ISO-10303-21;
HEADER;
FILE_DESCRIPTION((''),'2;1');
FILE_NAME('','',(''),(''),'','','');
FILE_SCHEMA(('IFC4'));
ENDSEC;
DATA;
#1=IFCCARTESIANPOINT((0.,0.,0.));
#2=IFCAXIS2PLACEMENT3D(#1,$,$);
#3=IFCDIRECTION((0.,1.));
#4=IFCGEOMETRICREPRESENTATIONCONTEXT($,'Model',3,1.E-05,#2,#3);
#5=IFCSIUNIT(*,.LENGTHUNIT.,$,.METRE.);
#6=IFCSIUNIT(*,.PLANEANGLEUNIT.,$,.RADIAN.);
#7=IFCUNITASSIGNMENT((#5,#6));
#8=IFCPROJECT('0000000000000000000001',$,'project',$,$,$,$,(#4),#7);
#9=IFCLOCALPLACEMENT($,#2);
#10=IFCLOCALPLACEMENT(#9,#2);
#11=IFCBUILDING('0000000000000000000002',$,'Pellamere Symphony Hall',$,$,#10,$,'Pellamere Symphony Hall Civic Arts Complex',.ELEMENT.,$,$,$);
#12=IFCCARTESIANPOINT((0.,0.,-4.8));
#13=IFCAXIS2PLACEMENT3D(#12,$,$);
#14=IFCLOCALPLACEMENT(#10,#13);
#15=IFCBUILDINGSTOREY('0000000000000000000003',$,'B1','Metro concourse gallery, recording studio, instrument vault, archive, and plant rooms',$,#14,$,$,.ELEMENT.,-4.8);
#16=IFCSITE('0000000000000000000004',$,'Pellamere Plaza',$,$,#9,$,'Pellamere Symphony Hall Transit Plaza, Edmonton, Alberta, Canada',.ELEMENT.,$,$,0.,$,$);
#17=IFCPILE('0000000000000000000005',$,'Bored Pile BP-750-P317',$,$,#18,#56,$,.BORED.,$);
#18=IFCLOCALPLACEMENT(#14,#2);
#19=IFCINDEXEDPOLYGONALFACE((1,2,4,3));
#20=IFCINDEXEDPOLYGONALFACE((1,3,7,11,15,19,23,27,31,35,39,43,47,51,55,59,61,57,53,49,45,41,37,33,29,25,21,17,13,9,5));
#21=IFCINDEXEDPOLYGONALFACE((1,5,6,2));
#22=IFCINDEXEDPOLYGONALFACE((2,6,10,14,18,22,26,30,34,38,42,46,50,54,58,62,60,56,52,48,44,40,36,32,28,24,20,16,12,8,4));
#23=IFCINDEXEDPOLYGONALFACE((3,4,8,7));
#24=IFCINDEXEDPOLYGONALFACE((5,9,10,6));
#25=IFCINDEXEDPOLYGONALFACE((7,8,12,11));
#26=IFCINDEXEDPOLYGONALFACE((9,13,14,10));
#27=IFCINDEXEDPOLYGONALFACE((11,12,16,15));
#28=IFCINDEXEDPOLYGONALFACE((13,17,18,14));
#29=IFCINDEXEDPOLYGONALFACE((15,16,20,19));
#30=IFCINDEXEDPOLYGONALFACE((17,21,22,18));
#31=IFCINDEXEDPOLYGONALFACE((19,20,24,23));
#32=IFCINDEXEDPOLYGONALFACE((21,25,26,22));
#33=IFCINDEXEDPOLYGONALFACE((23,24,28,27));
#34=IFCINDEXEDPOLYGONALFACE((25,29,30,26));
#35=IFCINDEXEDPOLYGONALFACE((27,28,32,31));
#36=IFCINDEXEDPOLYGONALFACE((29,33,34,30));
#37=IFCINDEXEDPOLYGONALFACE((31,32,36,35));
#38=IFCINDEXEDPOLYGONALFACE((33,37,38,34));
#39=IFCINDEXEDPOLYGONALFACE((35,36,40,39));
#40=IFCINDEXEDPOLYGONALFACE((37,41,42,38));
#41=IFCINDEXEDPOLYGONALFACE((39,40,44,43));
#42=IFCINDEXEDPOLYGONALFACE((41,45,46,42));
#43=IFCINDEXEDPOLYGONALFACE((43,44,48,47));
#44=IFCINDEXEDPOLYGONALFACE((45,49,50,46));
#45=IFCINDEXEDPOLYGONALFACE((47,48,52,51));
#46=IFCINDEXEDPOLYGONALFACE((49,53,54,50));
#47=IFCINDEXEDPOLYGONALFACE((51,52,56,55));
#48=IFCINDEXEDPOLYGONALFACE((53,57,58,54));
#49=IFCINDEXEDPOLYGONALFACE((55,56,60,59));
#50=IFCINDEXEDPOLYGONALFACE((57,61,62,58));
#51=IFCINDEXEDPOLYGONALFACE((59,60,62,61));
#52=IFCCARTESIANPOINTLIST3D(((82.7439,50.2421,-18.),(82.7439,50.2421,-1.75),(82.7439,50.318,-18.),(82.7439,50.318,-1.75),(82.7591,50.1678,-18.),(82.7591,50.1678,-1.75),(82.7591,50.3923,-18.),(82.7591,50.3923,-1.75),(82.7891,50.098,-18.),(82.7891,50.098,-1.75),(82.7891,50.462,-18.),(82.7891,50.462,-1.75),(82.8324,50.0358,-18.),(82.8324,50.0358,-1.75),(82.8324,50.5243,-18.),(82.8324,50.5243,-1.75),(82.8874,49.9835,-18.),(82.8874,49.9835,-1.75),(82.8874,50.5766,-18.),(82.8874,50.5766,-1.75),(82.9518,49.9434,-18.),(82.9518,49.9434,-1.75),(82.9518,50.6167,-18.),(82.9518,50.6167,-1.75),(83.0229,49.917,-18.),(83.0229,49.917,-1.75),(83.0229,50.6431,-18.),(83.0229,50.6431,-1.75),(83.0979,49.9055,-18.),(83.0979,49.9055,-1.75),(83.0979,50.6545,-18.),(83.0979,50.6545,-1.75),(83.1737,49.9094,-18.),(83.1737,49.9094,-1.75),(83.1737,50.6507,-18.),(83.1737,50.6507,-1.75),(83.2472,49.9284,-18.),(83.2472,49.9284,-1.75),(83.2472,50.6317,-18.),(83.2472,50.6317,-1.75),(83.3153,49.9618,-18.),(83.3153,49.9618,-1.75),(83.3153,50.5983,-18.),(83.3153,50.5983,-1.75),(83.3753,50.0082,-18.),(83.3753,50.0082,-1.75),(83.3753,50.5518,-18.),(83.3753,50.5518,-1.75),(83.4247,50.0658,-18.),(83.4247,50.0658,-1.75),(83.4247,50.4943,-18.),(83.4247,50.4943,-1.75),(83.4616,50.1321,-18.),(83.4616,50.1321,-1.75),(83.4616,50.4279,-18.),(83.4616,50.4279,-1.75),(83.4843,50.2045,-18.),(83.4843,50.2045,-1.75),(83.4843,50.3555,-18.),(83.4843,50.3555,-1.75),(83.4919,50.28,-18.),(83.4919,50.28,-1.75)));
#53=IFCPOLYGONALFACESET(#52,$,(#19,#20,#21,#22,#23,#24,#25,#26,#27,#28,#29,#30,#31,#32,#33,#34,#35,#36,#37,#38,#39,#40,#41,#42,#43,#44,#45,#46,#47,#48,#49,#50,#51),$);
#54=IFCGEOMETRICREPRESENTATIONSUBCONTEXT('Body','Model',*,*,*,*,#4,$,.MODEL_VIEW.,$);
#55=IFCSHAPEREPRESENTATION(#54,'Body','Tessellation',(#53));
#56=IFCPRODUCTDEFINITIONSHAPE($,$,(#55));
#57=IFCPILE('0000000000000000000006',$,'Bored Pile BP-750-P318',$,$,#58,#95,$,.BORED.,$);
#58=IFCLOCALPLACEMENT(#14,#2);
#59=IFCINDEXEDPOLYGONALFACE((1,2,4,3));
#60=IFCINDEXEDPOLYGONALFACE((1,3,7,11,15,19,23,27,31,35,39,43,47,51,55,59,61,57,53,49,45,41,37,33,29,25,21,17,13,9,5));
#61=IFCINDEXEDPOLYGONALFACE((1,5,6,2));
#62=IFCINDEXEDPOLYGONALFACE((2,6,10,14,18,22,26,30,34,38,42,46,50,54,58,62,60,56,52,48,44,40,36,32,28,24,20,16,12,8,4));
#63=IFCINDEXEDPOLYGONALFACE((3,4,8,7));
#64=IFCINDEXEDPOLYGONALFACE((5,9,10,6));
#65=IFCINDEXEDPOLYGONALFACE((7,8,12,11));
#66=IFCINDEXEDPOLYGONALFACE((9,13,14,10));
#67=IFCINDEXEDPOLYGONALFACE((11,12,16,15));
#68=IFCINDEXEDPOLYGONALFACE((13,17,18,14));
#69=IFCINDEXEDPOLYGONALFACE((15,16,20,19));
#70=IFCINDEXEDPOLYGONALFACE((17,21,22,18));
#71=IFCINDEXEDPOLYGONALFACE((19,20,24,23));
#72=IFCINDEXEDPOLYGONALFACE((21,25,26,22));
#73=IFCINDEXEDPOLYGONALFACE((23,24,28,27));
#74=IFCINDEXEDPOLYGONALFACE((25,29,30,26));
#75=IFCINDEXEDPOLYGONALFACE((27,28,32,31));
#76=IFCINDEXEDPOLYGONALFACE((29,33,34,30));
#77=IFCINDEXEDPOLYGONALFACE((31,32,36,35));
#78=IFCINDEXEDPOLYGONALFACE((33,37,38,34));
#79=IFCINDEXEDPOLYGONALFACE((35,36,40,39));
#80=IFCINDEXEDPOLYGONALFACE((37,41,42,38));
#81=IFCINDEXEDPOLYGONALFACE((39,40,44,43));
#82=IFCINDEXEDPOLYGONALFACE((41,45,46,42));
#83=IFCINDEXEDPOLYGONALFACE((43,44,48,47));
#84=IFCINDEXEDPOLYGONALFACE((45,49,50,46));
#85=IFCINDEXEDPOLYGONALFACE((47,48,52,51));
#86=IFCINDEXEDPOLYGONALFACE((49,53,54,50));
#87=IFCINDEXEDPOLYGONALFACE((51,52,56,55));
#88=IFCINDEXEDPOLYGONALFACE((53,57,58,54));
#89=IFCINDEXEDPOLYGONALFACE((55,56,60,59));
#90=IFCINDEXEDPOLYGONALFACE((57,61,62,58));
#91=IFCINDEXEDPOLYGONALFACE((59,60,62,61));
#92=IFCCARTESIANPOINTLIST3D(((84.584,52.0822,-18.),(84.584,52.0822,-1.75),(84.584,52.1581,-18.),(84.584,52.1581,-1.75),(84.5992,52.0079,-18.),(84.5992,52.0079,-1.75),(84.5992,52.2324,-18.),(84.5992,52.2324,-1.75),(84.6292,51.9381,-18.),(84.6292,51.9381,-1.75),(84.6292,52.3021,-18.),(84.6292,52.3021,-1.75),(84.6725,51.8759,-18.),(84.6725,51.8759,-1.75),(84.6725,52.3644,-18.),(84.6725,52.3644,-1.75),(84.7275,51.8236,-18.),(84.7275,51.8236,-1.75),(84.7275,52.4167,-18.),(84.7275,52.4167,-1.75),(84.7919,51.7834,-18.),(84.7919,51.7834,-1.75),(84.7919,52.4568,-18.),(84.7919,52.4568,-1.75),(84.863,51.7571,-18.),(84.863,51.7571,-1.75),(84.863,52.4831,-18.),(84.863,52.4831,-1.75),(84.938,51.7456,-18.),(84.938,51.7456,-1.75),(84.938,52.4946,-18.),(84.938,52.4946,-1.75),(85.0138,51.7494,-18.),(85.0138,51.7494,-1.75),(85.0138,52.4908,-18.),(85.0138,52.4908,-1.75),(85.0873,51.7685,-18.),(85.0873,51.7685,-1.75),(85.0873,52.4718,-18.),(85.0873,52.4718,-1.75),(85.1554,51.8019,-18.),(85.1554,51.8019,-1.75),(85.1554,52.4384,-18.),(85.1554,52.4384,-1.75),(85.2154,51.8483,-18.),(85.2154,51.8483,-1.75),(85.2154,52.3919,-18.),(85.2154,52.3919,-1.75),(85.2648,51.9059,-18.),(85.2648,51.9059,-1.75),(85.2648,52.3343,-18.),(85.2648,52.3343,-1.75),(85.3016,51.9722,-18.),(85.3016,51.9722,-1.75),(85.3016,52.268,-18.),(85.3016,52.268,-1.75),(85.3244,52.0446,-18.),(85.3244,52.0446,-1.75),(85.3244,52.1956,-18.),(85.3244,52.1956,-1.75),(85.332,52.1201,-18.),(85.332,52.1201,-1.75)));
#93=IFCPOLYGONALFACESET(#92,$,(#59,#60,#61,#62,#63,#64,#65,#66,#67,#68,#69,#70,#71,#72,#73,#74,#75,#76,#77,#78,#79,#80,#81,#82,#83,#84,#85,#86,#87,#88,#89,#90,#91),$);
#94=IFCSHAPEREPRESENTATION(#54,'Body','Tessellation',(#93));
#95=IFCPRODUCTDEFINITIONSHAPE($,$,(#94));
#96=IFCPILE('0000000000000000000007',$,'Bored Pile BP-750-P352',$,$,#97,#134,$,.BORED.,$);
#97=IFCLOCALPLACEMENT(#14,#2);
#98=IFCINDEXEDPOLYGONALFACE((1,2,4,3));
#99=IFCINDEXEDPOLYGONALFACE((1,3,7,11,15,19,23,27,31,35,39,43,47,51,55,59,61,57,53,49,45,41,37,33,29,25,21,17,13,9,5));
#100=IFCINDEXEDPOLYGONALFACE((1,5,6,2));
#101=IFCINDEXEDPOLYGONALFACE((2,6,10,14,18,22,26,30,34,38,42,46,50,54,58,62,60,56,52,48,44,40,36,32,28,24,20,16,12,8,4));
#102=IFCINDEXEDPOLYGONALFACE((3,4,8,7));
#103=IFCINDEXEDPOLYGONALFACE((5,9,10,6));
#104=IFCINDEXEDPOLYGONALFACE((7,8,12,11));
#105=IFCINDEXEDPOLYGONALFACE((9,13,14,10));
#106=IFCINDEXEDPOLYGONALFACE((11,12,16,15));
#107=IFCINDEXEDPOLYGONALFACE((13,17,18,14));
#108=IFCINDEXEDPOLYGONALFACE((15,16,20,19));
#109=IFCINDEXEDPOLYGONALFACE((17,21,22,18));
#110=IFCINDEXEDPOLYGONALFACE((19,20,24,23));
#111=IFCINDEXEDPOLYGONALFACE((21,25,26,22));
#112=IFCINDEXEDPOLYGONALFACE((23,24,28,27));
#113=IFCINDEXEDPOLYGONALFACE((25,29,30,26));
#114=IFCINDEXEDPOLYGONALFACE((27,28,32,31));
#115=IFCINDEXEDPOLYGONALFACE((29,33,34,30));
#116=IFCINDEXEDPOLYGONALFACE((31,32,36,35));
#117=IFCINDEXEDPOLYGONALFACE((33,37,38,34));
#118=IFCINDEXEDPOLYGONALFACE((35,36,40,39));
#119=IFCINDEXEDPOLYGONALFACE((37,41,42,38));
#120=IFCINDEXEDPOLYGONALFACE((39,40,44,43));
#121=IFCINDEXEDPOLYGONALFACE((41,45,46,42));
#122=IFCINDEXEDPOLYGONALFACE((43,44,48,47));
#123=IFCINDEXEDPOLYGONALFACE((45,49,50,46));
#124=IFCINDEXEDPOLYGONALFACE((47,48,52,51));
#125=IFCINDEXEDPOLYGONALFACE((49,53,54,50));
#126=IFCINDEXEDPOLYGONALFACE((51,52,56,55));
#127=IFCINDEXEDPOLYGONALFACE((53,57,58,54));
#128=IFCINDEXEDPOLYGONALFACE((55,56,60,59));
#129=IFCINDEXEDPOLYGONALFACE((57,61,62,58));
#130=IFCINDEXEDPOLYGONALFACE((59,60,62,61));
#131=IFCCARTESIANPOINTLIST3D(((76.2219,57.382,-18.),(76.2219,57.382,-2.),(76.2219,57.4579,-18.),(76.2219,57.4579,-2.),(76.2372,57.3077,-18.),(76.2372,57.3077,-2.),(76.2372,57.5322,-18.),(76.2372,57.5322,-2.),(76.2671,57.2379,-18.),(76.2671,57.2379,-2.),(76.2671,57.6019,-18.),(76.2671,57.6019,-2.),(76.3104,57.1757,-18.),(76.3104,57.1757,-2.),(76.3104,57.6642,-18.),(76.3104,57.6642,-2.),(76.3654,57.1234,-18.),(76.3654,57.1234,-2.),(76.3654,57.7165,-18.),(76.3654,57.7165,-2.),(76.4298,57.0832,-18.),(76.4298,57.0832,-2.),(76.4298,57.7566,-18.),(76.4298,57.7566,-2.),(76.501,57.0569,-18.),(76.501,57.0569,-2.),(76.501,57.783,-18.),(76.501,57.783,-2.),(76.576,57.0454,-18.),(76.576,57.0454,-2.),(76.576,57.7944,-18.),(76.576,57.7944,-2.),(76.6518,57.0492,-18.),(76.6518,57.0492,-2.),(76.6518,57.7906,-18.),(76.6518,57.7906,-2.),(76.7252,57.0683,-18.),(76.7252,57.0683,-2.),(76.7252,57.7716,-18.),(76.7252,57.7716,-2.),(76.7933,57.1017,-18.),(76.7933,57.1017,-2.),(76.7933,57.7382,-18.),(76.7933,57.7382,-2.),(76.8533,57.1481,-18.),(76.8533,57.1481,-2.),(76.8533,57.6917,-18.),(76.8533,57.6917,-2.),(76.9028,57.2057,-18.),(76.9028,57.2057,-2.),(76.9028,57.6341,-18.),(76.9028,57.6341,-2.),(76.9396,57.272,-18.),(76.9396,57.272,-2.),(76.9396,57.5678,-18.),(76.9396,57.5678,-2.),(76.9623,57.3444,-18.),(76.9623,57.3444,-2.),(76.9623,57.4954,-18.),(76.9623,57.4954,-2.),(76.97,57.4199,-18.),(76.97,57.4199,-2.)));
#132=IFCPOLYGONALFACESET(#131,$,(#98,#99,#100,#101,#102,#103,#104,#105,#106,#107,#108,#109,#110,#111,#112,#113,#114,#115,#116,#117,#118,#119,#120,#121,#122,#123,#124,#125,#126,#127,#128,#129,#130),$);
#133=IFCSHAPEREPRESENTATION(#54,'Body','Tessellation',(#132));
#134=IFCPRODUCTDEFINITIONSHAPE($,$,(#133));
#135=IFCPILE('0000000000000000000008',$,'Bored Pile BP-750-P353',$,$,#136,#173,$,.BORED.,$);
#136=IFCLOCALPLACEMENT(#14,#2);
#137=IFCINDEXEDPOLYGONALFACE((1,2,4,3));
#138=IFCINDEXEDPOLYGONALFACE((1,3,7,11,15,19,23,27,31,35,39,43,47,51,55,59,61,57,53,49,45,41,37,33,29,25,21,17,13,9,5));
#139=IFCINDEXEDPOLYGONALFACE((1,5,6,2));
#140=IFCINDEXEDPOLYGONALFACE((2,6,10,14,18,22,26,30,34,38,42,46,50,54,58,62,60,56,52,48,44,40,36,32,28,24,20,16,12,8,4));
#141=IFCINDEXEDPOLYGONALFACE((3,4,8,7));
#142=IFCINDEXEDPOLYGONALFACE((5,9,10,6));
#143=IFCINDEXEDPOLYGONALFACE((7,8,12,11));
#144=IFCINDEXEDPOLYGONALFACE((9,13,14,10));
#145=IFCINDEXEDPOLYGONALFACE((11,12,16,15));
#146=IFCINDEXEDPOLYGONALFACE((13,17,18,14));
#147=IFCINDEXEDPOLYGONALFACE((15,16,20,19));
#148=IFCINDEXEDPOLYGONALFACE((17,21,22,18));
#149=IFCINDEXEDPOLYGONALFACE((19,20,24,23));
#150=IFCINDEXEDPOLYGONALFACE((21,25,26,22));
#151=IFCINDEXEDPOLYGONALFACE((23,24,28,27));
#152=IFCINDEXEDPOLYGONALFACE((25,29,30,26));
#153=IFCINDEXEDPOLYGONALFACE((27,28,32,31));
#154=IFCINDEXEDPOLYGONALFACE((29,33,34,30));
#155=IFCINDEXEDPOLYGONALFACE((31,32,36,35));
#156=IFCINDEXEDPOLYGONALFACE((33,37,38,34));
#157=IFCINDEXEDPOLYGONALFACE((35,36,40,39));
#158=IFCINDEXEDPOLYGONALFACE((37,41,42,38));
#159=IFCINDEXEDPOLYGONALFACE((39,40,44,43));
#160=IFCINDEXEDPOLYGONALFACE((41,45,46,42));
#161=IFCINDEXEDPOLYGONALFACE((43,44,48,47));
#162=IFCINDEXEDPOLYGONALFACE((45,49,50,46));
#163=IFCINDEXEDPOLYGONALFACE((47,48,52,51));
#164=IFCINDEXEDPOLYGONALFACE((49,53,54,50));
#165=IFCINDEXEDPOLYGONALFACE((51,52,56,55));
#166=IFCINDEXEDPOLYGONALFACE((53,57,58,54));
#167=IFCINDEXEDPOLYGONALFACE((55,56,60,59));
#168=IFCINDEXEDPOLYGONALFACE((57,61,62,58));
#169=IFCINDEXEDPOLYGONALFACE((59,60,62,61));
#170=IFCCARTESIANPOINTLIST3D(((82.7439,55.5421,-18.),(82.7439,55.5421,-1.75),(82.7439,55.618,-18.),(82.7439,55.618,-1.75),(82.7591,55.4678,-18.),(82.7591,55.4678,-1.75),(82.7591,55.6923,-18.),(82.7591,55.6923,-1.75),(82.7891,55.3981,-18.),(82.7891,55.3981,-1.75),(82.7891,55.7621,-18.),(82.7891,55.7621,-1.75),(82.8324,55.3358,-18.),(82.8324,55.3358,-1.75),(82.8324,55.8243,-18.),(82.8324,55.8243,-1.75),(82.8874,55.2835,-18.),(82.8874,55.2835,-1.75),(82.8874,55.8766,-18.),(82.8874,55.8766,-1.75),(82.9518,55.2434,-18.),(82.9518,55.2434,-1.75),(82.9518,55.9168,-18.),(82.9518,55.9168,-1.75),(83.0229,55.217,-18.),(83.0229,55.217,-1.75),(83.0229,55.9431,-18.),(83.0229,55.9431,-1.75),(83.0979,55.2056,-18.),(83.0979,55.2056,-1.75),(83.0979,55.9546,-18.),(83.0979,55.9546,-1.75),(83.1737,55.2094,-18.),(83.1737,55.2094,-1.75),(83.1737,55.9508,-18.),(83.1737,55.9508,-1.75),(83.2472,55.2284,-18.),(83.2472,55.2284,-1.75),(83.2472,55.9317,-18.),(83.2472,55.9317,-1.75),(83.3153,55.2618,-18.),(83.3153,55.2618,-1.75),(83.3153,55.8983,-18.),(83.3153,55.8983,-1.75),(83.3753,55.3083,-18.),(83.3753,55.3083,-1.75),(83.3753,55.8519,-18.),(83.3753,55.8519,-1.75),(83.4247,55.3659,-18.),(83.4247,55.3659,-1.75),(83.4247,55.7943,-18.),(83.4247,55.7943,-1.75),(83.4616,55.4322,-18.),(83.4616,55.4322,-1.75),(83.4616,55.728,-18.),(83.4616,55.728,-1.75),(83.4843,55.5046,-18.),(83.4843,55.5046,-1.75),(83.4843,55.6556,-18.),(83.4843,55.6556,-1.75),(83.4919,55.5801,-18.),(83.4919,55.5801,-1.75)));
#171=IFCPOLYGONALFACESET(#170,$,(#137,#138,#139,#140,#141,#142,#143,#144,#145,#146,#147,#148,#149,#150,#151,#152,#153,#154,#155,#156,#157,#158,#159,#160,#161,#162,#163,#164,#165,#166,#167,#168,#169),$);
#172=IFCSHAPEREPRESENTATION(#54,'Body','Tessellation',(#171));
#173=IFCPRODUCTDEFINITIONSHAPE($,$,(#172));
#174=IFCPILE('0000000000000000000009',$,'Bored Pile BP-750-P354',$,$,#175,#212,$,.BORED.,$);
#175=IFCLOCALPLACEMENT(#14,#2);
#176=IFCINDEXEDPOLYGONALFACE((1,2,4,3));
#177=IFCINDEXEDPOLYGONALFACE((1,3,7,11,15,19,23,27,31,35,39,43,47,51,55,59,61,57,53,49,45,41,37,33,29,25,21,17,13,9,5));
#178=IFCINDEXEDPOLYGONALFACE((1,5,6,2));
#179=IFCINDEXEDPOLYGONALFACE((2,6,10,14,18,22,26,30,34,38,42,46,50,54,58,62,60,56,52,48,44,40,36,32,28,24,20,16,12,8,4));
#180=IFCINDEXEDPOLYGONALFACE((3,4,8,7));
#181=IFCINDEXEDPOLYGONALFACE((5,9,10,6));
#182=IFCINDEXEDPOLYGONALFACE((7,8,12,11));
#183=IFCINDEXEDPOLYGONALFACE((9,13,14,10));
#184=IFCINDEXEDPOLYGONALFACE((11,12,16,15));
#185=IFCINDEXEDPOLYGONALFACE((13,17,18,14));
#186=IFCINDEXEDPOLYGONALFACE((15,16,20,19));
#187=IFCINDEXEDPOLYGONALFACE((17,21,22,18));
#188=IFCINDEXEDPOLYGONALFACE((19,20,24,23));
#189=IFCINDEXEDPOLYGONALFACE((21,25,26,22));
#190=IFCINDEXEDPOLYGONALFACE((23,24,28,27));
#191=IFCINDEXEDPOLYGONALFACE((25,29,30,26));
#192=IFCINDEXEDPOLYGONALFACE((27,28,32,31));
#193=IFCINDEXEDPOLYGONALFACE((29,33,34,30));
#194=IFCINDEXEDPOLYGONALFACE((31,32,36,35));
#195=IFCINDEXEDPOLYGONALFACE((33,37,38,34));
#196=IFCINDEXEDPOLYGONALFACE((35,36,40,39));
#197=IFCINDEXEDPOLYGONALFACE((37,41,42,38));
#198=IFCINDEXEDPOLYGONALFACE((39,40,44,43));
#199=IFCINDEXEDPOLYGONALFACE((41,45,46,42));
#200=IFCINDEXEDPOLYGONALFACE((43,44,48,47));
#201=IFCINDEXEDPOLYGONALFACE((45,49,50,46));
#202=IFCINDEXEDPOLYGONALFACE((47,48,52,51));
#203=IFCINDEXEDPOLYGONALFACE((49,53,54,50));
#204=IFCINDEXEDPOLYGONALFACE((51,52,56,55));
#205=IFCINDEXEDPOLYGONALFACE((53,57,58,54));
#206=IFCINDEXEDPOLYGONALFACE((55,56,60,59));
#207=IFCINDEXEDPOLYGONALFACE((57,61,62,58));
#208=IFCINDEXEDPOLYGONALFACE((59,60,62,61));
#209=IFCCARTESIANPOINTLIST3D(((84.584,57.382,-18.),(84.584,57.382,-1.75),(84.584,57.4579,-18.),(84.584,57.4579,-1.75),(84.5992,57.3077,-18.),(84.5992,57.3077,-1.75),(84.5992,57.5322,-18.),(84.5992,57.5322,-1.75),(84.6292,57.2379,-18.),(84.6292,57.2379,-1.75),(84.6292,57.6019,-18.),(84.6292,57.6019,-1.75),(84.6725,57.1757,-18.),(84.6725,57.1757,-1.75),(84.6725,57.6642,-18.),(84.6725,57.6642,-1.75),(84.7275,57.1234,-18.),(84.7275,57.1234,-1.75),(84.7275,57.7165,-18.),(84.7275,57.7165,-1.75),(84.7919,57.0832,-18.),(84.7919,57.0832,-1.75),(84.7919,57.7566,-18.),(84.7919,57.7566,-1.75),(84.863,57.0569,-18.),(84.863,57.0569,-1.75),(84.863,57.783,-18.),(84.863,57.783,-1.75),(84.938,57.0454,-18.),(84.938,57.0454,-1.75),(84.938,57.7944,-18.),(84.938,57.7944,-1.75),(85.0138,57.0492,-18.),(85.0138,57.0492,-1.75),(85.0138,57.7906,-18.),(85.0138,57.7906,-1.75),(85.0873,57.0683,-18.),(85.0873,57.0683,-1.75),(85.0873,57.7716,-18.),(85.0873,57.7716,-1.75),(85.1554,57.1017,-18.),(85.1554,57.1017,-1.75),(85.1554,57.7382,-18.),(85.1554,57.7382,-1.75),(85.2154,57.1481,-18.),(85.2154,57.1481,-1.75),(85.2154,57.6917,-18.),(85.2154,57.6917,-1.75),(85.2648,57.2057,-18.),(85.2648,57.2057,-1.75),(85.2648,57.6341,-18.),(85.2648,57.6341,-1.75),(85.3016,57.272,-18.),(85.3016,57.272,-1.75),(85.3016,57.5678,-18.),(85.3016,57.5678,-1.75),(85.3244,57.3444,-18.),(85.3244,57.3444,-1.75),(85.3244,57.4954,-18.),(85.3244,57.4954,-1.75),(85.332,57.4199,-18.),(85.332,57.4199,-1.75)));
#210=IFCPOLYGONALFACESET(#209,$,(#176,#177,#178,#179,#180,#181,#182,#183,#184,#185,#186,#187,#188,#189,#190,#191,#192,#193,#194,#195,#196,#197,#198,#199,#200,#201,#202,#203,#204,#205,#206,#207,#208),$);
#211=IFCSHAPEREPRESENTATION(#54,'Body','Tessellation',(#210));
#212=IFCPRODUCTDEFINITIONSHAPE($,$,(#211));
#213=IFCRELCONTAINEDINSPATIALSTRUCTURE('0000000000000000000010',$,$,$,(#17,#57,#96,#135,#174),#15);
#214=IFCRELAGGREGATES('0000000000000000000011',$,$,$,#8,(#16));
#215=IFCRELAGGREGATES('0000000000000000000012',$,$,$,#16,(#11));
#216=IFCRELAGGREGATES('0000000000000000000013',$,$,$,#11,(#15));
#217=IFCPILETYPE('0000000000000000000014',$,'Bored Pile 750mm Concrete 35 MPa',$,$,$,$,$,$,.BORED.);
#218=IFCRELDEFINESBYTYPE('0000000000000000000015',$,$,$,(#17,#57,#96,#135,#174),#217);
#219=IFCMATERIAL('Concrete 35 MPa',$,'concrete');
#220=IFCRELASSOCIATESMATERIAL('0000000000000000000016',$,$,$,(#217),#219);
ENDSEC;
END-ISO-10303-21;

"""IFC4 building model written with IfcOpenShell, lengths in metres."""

from ifc_helpers import new_model, si_unit, direction, frame, origin, origin_2d, place, context, subcontext, project, spatial, circle, extrude, material, material_profile, profile_set, type_object, element, save


model = new_model("IFC4")

# Units and contexts
model_context = context("Model", 3, precision=1e-05, world=origin(), true_north=direction((0.0, 1.0)))
body_context = subcontext(model_context, "Body", "Model", "MODEL_VIEW")
ifc_project = project(units=[si_unit("LENGTHUNIT", "METRE"), si_unit("PLANEANGLEUNIT", "RADIAN")], contexts=[model_context])

# Site, building, storey
site_placement = place(None, origin())
site = spatial("IfcSite", under=ifc_project, at=site_placement, Name="Pellamere Plaza", LongName="Pellamere Symphony Hall Transit Plaza, Edmonton, Alberta, Canada", CompositionType="ELEMENT", RefElevation=0.0)
building_placement = place(site_placement, origin())
building = spatial("IfcBuilding", under=site, at=building_placement, Name="Pellamere Symphony Hall", LongName="Pellamere Symphony Hall Civic Arts Complex", CompositionType="ELEMENT")
storey_placement = place(building_placement, frame((0.0, 0.0, -4.8)))
storey = spatial("IfcBuildingStorey", under=building, at=storey_placement, Name="B1", Description="Metro concourse gallery, recording studio, instrument vault, archive, and plant rooms", CompositionType="ELEMENT", Elevation=-4.8)

# Piles
ifc_material_1 = material(Name="Concrete 35 MPa", Category="concrete")
ifc_material_profile_1 = material_profile(ifc_material_1, circle(Radius=0.375, at=origin_2d()), Name="PILE D750")
ifc_profile_set_1 = profile_set([ifc_material_profile_1], Name="Concrete 35 MPa")
pile_type = type_object("IfcPileType", Name="Bored Pile 750mm Concrete 35 MPa", PredefinedType="BORED", material=ifc_profile_set_1)
for number, where, z_axis, x_axis, name in (
    (1, (83.1169, 50.28, -1.75), (0.0, 0.0, -1.0), (1.0, 0.0, 0.0), "Bored Pile BP-750-P317"),
    (2, (84.957, 52.1201, -1.75), (0.0, 0.0, -1.0), (1.0, 0.0, 0.0), "Bored Pile BP-750-P318"),
):
    element("IfcPile", number, at=place(storey_placement, frame(where, z_axis=z_axis, x_axis=x_axis)), inside=storey, type_object=pile_type, Name=name, PredefinedType="BORED", context=body_context, shape_type="SweptSolid", body=[
        extrude(circle(Radius=0.375, at=origin_2d()), origin(), (0.0, 0.0, 1.0), 16.25),
    ])
pile_1_placement = place(storey_placement, frame((76.595, 57.4199, -2.0), z_axis=(0.0, 0.0, -1.0), x_axis=(1.0, 0.0, 0.0)))
element("IfcPile", 3, at=pile_1_placement, inside=storey, type_object=pile_type, Name="Bored Pile BP-750-P352", PredefinedType="BORED", context=body_context, shape_type="SweptSolid", body=[
    extrude(circle(Radius=0.375, at=origin_2d()), origin(), (0.0, 0.0, 1.0), 16.0),
])
for number, where, z_axis, x_axis, name in (
    (4, (83.1169, 55.5801, -1.75), (0.0, 0.0, -1.0), (1.0, 0.0, 0.0), "Bored Pile BP-750-P353"),
    (5, (84.957, 57.4199, -1.75), (0.0, 0.0, -1.0), (1.0, 0.0, 0.0), "Bored Pile BP-750-P354"),
):
    element("IfcPile", number, at=place(storey_placement, frame(where, z_axis=z_axis, x_axis=x_axis)), inside=storey, type_object=pile_type, Name=name, PredefinedType="BORED", context=body_context, shape_type="SweptSolid", body=[
        extrude(circle(Radius=0.375, at=origin_2d()), origin(), (0.0, 0.0, 1.0), 16.25),
    ])

save(model, "model.ifc")
